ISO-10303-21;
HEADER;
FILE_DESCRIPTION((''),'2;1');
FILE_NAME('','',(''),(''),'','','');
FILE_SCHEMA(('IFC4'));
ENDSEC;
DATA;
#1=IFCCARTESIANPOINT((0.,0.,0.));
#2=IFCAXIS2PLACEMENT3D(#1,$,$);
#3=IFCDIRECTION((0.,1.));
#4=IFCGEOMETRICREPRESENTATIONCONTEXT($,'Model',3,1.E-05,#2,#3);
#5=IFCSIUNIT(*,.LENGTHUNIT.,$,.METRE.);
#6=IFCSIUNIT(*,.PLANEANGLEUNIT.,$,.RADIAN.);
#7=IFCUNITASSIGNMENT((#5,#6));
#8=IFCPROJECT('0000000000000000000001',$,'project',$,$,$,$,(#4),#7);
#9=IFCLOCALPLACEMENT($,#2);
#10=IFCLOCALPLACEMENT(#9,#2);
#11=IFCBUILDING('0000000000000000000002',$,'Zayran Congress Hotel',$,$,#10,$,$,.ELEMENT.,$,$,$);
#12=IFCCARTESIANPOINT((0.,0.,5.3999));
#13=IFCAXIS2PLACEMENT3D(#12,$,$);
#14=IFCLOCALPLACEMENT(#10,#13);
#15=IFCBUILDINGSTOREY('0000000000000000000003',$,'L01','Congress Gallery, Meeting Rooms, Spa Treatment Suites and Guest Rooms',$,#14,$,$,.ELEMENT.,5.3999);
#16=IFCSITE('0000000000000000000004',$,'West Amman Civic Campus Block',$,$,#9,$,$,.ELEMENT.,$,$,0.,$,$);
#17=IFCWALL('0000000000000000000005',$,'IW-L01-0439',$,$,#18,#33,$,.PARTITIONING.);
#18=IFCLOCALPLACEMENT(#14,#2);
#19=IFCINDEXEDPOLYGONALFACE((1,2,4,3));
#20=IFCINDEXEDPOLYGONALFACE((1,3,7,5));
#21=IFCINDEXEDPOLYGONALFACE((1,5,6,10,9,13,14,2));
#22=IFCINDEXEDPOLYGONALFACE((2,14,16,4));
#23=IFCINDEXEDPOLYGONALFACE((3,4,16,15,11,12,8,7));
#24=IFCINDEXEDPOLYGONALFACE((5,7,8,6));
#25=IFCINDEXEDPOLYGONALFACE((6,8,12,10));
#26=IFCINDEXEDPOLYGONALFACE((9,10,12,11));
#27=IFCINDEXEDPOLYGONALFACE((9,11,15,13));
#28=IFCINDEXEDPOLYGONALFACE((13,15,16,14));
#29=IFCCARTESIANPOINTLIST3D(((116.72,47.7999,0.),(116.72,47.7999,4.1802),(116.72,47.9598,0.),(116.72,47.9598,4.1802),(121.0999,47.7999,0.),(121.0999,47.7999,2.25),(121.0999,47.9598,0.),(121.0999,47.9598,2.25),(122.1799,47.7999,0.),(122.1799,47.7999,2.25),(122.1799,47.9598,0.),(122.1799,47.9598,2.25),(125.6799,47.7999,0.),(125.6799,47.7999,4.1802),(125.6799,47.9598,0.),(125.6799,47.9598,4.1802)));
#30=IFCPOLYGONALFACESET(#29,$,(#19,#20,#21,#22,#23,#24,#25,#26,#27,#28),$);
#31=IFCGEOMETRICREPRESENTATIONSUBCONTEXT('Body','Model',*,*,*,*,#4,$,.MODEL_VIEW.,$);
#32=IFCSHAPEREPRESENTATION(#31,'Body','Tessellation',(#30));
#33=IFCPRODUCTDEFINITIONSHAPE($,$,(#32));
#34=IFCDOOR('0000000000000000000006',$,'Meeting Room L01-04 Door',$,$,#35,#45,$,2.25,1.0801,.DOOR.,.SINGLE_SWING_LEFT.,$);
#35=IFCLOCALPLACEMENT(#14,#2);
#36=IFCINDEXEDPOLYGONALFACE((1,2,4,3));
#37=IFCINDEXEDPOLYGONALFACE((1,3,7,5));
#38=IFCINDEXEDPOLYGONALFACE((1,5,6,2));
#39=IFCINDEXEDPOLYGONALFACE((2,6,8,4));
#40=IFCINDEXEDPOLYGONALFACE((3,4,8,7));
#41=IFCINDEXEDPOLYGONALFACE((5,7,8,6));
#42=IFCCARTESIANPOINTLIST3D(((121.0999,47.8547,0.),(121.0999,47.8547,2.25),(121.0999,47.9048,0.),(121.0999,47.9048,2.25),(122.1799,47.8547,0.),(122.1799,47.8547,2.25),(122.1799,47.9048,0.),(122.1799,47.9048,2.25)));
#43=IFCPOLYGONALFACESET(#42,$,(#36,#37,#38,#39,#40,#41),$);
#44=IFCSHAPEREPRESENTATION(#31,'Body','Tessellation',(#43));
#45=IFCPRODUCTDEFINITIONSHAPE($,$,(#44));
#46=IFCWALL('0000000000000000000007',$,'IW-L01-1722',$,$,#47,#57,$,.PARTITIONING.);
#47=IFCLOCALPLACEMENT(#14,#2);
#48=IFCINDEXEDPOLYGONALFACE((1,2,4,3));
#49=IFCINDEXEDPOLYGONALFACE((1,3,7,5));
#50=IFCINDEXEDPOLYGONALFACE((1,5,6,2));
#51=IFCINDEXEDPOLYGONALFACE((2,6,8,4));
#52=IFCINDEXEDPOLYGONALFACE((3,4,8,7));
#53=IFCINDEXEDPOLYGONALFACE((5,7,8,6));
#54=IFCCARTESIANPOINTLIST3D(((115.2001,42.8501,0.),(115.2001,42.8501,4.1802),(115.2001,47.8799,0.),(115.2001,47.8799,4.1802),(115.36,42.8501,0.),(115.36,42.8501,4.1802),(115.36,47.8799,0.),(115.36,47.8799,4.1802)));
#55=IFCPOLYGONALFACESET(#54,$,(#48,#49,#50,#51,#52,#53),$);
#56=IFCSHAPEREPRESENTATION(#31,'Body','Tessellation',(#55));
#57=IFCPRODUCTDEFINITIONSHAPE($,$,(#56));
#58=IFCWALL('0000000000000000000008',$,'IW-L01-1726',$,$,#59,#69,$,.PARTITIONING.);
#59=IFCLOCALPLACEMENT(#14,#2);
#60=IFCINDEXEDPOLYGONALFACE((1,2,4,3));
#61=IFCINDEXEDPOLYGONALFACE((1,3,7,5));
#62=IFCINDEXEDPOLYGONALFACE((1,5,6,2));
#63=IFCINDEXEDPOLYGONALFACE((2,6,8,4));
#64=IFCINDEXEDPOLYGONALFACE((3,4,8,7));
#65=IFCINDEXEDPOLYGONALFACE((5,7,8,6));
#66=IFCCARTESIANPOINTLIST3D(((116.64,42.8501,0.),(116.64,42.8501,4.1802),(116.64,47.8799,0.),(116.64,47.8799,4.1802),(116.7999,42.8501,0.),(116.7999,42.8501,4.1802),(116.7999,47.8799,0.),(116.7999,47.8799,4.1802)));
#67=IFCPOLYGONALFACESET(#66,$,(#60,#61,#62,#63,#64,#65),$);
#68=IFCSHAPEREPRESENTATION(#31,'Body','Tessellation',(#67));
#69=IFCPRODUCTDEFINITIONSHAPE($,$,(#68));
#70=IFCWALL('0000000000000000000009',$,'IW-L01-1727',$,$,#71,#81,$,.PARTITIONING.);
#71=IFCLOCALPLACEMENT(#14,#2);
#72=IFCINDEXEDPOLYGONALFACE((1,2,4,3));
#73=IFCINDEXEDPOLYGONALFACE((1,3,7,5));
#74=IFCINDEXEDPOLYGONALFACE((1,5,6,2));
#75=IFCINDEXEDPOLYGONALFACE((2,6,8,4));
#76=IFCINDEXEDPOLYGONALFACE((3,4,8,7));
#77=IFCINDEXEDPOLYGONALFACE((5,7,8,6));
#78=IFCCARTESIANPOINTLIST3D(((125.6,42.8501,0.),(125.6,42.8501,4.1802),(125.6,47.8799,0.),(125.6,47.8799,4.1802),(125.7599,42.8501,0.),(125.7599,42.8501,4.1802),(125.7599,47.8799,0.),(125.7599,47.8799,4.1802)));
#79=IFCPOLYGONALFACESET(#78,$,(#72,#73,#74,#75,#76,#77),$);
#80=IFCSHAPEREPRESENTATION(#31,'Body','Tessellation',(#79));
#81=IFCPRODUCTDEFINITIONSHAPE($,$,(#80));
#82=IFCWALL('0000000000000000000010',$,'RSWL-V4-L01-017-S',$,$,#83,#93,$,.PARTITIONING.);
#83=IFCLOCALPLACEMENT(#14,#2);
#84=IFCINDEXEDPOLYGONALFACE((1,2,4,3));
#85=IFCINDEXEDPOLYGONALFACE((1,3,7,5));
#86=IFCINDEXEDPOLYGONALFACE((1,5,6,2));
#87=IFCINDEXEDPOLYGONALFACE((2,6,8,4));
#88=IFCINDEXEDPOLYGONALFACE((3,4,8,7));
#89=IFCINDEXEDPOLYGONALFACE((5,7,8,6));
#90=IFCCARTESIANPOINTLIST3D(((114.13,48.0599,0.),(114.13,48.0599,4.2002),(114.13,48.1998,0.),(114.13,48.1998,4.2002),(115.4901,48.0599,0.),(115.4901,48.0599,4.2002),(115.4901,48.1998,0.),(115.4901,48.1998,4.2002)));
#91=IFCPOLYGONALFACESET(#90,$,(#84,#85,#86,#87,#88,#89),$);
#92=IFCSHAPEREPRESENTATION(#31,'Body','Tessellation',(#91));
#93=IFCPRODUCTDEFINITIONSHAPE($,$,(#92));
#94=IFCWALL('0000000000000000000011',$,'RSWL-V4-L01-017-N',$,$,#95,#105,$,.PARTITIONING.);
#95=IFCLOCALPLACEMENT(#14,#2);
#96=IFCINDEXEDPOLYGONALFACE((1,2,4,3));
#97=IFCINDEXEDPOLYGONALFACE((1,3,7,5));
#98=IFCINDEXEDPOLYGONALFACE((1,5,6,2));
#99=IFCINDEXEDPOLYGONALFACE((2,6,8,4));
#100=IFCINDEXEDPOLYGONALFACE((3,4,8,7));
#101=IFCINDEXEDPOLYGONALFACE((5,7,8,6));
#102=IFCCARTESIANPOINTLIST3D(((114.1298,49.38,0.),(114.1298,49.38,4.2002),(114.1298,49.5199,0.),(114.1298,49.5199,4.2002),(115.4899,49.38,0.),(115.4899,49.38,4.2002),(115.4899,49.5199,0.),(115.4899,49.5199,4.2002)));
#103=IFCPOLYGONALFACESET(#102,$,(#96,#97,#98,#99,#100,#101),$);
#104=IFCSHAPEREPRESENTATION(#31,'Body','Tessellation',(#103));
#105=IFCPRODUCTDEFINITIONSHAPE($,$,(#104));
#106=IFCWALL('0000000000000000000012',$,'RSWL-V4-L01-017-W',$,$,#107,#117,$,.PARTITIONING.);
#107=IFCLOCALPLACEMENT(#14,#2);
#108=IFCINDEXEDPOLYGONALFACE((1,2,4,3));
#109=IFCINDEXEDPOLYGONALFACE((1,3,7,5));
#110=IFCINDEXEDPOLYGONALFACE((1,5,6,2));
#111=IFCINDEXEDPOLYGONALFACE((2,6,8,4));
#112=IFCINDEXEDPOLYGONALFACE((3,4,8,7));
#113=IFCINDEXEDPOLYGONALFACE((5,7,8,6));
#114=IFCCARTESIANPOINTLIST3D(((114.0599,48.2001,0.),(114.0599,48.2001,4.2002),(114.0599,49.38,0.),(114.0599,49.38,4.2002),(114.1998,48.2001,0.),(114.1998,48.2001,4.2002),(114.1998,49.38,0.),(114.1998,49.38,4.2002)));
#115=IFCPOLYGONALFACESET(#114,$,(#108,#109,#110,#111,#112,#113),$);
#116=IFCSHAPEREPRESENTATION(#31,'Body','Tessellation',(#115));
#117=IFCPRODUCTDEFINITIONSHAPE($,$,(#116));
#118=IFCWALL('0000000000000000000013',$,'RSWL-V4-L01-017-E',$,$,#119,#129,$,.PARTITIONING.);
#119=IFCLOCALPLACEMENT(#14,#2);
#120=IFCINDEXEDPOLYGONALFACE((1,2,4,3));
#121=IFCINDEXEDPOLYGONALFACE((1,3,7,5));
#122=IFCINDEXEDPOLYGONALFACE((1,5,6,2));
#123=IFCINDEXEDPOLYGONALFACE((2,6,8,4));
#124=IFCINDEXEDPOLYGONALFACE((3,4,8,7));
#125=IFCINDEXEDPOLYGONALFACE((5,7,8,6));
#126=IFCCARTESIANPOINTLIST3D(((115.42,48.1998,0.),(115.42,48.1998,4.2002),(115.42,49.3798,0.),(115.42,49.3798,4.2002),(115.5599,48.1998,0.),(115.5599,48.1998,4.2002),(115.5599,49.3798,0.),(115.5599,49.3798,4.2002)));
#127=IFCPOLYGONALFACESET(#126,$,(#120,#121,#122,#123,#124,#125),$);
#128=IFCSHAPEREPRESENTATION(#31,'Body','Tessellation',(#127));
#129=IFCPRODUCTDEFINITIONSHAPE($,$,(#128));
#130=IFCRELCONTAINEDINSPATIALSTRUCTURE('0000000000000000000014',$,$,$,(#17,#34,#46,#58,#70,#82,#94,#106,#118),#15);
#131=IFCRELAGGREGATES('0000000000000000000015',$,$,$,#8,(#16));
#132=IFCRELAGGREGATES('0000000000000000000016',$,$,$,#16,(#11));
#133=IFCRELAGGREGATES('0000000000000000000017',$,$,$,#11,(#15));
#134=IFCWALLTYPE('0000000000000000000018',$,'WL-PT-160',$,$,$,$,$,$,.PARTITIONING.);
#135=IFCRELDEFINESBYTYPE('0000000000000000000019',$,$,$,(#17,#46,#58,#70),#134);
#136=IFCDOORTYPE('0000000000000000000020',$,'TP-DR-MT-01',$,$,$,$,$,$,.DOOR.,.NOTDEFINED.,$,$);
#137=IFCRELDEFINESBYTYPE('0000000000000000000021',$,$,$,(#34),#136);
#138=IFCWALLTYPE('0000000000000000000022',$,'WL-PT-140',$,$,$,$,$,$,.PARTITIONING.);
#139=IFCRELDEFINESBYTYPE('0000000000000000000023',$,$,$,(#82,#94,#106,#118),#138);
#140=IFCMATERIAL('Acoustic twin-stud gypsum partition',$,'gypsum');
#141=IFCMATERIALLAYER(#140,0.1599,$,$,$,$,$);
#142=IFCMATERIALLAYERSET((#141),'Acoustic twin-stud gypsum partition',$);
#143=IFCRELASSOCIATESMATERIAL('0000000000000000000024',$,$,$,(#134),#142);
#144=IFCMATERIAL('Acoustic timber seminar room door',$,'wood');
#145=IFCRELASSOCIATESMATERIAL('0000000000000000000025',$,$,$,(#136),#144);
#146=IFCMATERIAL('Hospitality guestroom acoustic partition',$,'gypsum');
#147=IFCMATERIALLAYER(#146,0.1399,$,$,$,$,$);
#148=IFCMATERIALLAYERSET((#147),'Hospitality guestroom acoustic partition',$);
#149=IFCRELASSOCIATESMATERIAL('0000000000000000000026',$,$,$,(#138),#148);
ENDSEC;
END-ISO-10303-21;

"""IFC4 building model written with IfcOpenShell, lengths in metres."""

from ifc_helpers import new_model, si_unit, direction, frame, frame_2d, origin, place, context, subcontext, project, spatial, rectangle, extrude, material, layer, layer_set, type_object, element, fill, save


model = new_model("IFC4")

# Units and contexts
model_context = context("Model", 3, precision=1e-05, world=origin(), true_north=direction((0.0, 1.0)))
body_context = subcontext(model_context, "Body", "Model", "MODEL_VIEW")
ifc_project = project(units=[si_unit("LENGTHUNIT", "METRE"), si_unit("PLANEANGLEUNIT", "RADIAN")], contexts=[model_context])

# Site, building, storey
site_placement = place(None, origin())
site = spatial("IfcSite", under=ifc_project, at=site_placement, Name="West Amman Civic Campus Block", CompositionType="ELEMENT", RefElevation=0.0)
building_placement = place(site_placement, origin())
building = spatial("IfcBuilding", under=site, at=building_placement, Name="Zayran Congress Hotel", CompositionType="ELEMENT")
storey_placement = place(building_placement, frame((0.0, 0.0, 5.3999)))
storey = spatial("IfcBuildingStorey", under=building, at=storey_placement, Name="L01", Description="Congress Gallery, Meeting Rooms, Spa Treatment Suites and Guest Rooms", CompositionType="ELEMENT", Elevation=5.3999)

# Wall, opening, door
ifc_material_1 = material(Name="Acoustic twin-stud gypsum partition", Category="gypsum")
ifc_layer_1 = layer(ifc_material_1, 0.1599)
ifc_layer_set_1 = layer_set([ifc_layer_1], Name="Acoustic twin-stud gypsum partition")
wall_type_1 = type_object("IfcWallType", Name="WL-PT-160", PredefinedType="PARTITIONING", material=ifc_layer_set_1)
ifc_material_2 = material(Name="Acoustic timber seminar room door", Category="wood")
door_type = type_object("IfcDoorType", Name="TP-DR-MT-01", OperationType="NOTDEFINED", PredefinedType="DOOR", material=ifc_material_2)
wall_1_placement = place(storey_placement, frame((116.72, 47.8799, 0.0), z_axis=(0.0, 0.0, 1.0), x_axis=(1.0, 0.0, 0.0)))
wall_1 = element("IfcWall", 1, at=wall_1_placement, inside=storey, type_object=wall_type_1, Name="IW-L01-0439", PredefinedType="PARTITIONING", context=body_context, shape_type="SweptSolid", body=[
    extrude(rectangle(XDim=8.96, YDim=0.1599, at=frame_2d((4.48, 0.0))), origin(), (0.0, 0.0, 1.0), 4.1802),
])
opening_1_placement = place(wall_1_placement, frame((4.3799, 0.0, 0.0)))
opening_1 = element("IfcOpeningElement", 2, at=opening_1_placement, cuts=wall_1, PredefinedType="OPENING", context=body_context, shape_type="SweptSolid", body=[
    extrude(rectangle(XDim=1.0801, YDim=2.25, at=frame_2d((0.54, 1.125))), frame((0.0, 0.0898, 0.0), z_axis=(0.0, -1.0, 0.0), x_axis=(1.0, 0.0, 0.0)), (0.0, 0.0, 1.0), 0.1799),
])
door_1_placement = place(opening_1_placement, origin())
door_1 = element("IfcDoor", 3, at=door_1_placement, inside=storey, type_object=door_type, Name="Meeting Room L01-04 Door", OperationType="SINGLE_SWING_LEFT", OverallHeight=2.25, OverallWidth=1.0801, PredefinedType="DOOR", context=body_context, shape_type="SweptSolid", body=[
    extrude(rectangle(XDim=1.0801, YDim=2.25, at=frame_2d((0.54, 1.125))), frame((0.0, 0.0249, 0.0), z_axis=(0.0, -1.0, 0.0), x_axis=(1.0, 0.0, 0.0)), (0.0, 0.0, 1.0), 0.05),
])
fill(opening_1, door_1)

# Walls
for number, where, z_axis, x_axis, name in (
    (4, (115.28, 42.8501, 0.0), (0.0, 0.0, 1.0), (0.0, 1.0, 0.0), "IW-L01-1722"),
    (5, (116.72, 42.8501, 0.0), (0.0, 0.0, 1.0), (0.0, 1.0, 0.0), "IW-L01-1726"),
    (6, (125.6799, 42.8501, 0.0), (0.0, 0.0, 1.0), (0.0, 1.0, 0.0), "IW-L01-1727"),
):
    element("IfcWall", number, at=place(storey_placement, frame(where, z_axis=z_axis, x_axis=x_axis)), inside=storey, type_object=wall_type_1, Name=name, PredefinedType="PARTITIONING", context=body_context, shape_type="SweptSolid", body=[
        extrude(rectangle(XDim=5.0298, YDim=0.1599, at=frame_2d((2.5149, 0.0))), origin(), (0.0, 0.0, 1.0), 4.1802),
    ])
ifc_material_3 = material(Name="Hospitality guestroom acoustic partition", Category="gypsum")
ifc_layer_2 = layer(ifc_material_3, 0.1399)
ifc_layer_set_2 = layer_set([ifc_layer_2], Name="Hospitality guestroom acoustic partition")
wall_type_2 = type_object("IfcWallType", Name="WL-PT-140", PredefinedType="PARTITIONING", material=ifc_layer_set_2)
for number, where, z_axis, x_axis, name in (
    (7, (114.1299, 48.1299, 0.0), (0.0, 0.0, 1.0), (1.0, 0.0, 0.0), "RSWL-V4-L01-017-S"),
    (8, (115.49, 49.45, 0.0), (0.0, 0.0, 1.0), (-1.0, 0.0, 0.0), "RSWL-V4-L01-017-N"),
):
    element("IfcWall", number, at=place(storey_placement, frame(where, z_axis=z_axis, x_axis=x_axis)), inside=storey, type_object=wall_type_2, Name=name, PredefinedType="PARTITIONING", context=body_context, shape_type="SweptSolid", body=[
        extrude(rectangle(XDim=1.3601, YDim=0.1399, at=frame_2d((0.6802, 0.0))), origin(), (0.0, 0.0, 1.0), 4.2002),
    ])
for number, where, z_axis, x_axis, name in (
    (9, (114.1299, 49.3799, 0.0), (0.0, 0.0, 1.0), (0.0, -1.0, 0.0), "RSWL-V4-L01-017-W"),
    (10, (115.49, 48.2, 0.0), (0.0, 0.0, 1.0), (0.0, 1.0, 0.0), "RSWL-V4-L01-017-E"),
):
    element("IfcWall", number, at=place(storey_placement, frame(where, z_axis=z_axis, x_axis=x_axis)), inside=storey, type_object=wall_type_2, Name=name, PredefinedType="PARTITIONING", context=body_context, shape_type="SweptSolid", body=[
        extrude(rectangle(XDim=1.1799, YDim=0.1399, at=frame_2d((0.5898, 0.0))), origin(), (0.0, 0.0, 1.0), 4.2002),
    ])

save(model, "model.ifc")
